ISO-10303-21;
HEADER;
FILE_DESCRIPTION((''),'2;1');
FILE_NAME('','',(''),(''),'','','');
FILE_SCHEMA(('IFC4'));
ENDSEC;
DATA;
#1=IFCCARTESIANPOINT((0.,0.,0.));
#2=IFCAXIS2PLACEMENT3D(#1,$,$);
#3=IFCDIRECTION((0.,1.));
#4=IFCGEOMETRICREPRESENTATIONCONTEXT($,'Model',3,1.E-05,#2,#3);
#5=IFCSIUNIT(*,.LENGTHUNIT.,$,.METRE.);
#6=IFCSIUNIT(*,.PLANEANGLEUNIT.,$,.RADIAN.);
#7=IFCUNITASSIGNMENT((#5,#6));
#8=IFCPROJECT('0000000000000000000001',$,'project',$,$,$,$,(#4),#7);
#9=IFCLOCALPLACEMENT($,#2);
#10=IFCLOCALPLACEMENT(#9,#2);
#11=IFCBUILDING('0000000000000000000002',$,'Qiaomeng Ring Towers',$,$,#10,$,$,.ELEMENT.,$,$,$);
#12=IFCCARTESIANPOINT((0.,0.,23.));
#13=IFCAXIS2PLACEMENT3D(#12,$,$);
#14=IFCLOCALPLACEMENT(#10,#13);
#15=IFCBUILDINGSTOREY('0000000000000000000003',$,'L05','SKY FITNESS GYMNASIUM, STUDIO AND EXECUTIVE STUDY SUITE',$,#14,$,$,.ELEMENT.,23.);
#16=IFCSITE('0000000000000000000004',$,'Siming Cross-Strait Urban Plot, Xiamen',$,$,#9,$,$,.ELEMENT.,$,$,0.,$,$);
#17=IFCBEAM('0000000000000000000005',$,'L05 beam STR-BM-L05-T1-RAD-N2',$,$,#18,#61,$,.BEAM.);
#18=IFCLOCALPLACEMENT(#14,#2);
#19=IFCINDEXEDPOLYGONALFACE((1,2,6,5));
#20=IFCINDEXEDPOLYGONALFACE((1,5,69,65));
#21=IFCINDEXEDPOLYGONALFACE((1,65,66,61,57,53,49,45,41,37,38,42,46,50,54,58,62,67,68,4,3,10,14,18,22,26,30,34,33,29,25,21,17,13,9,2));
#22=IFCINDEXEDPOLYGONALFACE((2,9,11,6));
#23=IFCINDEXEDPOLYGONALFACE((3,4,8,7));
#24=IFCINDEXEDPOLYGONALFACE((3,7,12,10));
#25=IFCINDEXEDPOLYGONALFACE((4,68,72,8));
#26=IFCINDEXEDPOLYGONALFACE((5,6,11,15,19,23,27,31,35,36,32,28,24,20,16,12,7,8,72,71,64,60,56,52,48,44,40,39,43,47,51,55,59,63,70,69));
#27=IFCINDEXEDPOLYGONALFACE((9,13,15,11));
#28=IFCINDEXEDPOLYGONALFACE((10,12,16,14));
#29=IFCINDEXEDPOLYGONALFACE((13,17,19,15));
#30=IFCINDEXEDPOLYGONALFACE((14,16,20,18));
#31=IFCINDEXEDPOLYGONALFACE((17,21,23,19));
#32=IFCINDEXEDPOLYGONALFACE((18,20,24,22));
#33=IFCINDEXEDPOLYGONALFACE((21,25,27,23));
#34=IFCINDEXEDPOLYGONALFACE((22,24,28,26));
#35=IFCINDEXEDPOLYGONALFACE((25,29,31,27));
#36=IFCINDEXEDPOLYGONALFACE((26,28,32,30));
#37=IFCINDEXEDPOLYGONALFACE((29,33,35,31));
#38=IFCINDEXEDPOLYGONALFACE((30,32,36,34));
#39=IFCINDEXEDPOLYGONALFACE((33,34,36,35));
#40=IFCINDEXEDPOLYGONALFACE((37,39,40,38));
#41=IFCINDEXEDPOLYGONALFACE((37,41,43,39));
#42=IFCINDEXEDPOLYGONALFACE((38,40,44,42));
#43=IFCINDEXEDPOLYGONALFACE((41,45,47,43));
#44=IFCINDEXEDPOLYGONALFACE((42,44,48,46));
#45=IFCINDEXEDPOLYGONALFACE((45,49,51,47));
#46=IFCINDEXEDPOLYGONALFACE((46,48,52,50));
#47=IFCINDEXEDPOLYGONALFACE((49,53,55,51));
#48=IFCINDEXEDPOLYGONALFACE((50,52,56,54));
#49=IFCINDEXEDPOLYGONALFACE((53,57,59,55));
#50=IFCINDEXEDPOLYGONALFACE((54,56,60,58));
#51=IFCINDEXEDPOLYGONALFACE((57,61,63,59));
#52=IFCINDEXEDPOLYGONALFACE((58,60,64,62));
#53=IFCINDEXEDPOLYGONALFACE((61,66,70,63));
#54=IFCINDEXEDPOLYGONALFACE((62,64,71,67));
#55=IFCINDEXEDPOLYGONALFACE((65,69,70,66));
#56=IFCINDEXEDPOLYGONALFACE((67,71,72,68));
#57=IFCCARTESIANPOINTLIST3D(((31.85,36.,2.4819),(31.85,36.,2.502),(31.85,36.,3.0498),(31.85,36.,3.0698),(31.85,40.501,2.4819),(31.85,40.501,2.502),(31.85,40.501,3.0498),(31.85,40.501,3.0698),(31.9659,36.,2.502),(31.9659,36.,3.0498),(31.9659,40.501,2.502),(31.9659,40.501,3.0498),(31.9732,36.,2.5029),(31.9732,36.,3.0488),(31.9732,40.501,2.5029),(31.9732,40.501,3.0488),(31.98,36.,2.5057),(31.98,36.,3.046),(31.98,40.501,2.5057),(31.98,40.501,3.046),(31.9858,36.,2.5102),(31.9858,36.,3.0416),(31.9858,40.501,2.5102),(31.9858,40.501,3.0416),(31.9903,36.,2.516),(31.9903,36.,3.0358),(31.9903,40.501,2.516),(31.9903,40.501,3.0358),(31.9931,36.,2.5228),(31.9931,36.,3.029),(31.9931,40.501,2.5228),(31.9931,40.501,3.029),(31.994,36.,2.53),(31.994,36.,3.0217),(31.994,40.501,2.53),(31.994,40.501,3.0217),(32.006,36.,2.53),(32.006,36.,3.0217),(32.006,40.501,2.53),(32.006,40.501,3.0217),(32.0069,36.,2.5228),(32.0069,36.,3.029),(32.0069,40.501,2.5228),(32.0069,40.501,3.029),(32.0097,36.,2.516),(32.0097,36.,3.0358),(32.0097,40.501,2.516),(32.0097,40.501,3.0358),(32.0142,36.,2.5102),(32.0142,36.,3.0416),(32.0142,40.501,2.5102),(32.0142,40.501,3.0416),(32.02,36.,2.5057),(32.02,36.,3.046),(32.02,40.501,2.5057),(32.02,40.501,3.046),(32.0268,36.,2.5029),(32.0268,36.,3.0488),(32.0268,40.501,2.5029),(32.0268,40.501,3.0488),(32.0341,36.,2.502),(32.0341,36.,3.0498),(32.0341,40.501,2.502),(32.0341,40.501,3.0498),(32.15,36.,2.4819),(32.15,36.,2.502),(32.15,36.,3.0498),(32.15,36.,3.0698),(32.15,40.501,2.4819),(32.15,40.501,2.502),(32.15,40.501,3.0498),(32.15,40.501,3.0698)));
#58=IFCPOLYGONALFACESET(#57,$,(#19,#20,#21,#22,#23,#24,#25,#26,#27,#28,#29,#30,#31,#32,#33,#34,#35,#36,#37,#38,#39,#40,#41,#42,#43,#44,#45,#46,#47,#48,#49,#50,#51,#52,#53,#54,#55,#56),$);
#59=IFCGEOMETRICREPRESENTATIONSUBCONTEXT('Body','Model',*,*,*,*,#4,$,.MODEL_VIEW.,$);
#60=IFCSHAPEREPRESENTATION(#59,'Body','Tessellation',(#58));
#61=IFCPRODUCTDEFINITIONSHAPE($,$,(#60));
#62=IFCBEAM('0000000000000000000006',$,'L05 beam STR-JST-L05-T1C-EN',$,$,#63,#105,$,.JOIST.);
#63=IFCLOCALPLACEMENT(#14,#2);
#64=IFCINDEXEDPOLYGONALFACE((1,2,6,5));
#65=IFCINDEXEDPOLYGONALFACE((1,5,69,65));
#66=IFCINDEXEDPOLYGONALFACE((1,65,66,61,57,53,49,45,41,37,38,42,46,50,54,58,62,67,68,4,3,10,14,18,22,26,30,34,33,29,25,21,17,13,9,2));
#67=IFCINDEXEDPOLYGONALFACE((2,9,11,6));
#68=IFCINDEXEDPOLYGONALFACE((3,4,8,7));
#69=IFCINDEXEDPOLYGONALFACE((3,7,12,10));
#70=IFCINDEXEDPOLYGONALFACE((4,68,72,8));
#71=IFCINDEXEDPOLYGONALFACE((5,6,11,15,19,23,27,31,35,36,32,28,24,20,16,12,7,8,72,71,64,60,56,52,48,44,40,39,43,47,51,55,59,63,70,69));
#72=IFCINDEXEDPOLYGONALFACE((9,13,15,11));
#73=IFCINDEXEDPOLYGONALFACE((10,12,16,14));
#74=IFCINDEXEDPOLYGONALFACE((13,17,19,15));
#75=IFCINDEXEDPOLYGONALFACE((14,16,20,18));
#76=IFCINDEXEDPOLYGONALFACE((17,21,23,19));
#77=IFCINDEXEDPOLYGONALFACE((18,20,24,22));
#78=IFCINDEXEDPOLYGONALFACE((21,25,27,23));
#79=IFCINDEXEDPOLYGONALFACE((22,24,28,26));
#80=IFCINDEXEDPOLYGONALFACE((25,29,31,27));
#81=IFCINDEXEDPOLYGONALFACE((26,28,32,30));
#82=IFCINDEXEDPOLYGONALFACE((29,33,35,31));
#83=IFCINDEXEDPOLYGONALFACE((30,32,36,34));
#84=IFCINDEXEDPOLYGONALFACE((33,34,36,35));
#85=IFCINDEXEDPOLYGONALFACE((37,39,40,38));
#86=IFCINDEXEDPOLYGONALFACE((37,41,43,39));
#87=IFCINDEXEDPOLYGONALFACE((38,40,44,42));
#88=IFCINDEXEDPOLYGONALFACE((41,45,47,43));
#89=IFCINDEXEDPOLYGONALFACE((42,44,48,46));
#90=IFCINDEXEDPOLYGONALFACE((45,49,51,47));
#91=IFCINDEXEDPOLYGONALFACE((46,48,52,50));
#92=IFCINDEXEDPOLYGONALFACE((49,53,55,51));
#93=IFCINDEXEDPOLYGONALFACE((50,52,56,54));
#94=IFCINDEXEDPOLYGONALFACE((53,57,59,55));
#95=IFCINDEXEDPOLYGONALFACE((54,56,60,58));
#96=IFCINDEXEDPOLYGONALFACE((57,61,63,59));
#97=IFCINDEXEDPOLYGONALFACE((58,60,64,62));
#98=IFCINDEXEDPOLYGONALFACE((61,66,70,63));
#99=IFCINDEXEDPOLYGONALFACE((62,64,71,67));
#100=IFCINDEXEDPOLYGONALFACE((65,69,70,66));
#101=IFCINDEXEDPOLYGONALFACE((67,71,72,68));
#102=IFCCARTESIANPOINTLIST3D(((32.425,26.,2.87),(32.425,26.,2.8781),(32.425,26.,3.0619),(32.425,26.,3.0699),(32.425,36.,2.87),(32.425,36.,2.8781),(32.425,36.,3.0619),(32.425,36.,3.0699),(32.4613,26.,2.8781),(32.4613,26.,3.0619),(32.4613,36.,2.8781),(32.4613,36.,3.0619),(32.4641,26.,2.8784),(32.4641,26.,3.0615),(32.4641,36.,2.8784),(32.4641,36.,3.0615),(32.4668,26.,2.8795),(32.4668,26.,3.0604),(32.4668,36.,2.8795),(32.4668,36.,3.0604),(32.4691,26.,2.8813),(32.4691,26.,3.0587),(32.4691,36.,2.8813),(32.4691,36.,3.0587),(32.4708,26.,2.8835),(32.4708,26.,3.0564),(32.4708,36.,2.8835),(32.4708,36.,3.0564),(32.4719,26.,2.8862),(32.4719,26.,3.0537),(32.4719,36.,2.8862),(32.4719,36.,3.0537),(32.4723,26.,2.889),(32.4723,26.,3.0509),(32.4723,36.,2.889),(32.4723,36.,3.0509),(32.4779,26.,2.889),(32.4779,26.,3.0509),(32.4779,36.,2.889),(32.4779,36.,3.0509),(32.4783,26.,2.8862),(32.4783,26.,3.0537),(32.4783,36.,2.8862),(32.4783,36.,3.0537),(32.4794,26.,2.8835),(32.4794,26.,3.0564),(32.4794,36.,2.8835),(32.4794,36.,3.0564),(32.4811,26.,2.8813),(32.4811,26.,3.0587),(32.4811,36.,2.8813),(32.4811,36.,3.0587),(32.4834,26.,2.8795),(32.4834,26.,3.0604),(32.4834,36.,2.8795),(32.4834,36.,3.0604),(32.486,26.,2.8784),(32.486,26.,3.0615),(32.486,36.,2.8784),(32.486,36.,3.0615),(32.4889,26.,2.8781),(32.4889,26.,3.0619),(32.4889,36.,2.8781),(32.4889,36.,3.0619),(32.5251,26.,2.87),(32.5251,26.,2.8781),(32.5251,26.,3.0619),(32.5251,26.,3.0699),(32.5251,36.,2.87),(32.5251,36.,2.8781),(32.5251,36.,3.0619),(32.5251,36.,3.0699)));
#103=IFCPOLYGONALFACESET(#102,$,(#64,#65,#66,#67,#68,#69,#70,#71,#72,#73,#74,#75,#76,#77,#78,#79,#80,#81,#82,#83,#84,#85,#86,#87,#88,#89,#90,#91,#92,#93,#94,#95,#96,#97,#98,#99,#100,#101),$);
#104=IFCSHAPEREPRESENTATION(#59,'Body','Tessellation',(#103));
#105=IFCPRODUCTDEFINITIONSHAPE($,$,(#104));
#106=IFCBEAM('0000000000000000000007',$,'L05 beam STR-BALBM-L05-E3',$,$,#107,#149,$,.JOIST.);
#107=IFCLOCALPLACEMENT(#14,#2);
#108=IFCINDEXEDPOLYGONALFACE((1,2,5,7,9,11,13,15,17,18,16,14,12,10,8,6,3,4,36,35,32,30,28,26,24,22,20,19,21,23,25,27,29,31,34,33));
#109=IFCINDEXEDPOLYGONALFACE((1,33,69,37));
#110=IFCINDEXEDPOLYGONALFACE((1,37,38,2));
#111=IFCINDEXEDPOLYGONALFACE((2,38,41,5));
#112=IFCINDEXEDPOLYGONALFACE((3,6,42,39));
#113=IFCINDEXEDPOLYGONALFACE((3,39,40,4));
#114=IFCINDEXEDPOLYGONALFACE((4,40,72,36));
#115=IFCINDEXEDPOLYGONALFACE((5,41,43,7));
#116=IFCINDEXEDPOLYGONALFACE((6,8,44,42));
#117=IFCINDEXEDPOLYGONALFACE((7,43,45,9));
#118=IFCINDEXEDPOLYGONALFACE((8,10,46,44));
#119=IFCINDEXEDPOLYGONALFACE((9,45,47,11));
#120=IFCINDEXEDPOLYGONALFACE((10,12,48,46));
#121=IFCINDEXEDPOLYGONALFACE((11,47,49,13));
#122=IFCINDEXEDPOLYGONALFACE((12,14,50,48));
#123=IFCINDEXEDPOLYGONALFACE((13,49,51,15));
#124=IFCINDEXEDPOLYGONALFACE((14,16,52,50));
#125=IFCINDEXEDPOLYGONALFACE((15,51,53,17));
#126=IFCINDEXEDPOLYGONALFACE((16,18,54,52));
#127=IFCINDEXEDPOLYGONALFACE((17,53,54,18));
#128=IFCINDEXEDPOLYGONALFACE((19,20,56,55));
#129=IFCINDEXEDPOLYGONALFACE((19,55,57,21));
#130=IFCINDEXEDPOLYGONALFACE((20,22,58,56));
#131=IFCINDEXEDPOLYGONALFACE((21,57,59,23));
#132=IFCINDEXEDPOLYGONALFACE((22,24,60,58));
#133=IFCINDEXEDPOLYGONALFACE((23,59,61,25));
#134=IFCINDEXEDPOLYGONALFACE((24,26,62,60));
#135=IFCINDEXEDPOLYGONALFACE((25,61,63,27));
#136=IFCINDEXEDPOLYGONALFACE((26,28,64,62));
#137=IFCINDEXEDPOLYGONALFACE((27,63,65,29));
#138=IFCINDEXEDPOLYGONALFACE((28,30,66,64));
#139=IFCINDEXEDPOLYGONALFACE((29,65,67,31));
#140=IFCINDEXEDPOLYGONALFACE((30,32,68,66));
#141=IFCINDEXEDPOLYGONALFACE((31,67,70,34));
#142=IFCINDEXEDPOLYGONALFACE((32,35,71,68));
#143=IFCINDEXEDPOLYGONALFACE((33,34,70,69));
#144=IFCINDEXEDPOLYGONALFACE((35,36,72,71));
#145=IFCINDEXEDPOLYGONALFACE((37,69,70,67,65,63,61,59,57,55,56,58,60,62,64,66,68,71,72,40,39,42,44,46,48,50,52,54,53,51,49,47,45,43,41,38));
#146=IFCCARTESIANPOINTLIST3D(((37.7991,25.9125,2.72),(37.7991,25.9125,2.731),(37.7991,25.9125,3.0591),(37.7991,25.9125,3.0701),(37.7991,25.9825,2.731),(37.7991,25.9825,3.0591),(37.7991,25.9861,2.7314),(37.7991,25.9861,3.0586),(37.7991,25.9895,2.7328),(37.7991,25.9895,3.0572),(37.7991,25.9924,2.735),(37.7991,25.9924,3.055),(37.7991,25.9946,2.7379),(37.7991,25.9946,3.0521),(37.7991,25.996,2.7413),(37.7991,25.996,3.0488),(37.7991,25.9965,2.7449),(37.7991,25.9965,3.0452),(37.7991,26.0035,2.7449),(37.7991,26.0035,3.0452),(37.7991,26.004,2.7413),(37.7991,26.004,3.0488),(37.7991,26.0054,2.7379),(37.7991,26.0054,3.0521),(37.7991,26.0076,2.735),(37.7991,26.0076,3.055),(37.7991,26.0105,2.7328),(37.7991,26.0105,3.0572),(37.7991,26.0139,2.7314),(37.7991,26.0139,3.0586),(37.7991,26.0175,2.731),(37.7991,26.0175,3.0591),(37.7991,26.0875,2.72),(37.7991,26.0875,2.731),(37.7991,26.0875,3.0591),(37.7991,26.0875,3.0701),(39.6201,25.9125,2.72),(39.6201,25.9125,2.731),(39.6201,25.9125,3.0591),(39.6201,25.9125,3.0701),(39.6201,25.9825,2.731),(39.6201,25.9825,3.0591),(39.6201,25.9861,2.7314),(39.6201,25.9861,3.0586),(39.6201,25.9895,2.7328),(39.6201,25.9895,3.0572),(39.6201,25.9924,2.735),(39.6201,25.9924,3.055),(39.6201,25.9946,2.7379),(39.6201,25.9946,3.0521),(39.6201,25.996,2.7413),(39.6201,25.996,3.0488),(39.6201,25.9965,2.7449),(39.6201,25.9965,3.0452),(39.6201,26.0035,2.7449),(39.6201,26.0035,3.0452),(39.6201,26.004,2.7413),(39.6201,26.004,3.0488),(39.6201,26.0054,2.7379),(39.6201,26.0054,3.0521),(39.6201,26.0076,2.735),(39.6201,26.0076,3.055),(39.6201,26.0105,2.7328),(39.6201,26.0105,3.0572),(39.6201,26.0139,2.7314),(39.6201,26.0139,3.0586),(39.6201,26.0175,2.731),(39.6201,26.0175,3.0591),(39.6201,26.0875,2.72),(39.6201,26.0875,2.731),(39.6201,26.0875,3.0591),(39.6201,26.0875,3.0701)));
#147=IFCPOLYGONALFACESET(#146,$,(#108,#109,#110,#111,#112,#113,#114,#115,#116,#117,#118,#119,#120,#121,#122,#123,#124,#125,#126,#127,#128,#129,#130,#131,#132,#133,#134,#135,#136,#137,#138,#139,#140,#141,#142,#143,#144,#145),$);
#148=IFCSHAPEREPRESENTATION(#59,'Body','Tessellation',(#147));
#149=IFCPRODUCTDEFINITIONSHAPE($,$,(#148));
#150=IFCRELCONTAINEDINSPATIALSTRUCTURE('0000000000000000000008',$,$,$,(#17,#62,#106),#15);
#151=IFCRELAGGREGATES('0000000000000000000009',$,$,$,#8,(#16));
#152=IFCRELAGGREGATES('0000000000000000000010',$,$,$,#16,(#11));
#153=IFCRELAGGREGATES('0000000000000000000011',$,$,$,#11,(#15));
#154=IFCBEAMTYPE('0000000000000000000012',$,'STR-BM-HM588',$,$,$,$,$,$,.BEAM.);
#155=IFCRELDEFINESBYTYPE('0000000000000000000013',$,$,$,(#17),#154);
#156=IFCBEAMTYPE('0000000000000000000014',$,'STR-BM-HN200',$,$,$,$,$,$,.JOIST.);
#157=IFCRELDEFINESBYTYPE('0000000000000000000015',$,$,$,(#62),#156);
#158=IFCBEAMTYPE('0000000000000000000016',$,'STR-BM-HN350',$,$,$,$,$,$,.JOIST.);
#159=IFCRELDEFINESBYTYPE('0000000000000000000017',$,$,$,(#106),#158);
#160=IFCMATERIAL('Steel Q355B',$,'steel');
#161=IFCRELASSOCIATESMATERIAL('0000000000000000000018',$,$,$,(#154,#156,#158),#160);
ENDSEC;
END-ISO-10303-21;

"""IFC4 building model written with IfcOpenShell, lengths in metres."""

from ifc_helpers import new_model, si_unit, direction, frame, origin, origin_2d, place, context, subcontext, project, spatial, i_section, extrude, source, transform, mapped, material, material_profile, profile_set, type_object, element, save


model = new_model("IFC4")

# Units and contexts
model_context = context("Model", 3, precision=1e-05, world=origin(), true_north=direction((0.0, 1.0)))
body_context = subcontext(model_context, "Body", "Model", "MODEL_VIEW")
ifc_project = project(units=[si_unit("LENGTHUNIT", "METRE"), si_unit("PLANEANGLEUNIT", "RADIAN")], contexts=[model_context])

# Site, building, storey
site_placement = place(None, origin())
site = spatial("IfcSite", under=ifc_project, at=site_placement, Name="Siming Cross-Strait Urban Plot, Xiamen", CompositionType="ELEMENT", RefElevation=0.0)
building_placement = place(site_placement, origin())
building = spatial("IfcBuilding", under=site, at=building_placement, Name="Qiaomeng Ring Towers", CompositionType="ELEMENT")
storey_placement = place(building_placement, frame((0.0, 0.0, 23.0)))
storey = spatial("IfcBuildingStorey", under=building, at=storey_placement, Name="L05", Description="SKY FITNESS GYMNASIUM, STUDIO AND EXECUTIVE STUDY SUITE", CompositionType="ELEMENT", Elevation=23.0)

# Beams
ifc_material_1 = material(Name="Steel Q355B", Category="steel")
ifc_material_profile_1 = material_profile(ifc_material_1, i_section(OverallWidth=0.3, OverallDepth=0.5879, WebThickness=0.012, FlangeThickness=0.02, FilletRadius=0.0281, at=origin_2d()), Name="HM 588x300x12x20")
ifc_profile_set_1 = profile_set([ifc_material_profile_1], Name="Steel Q355B")
beam_type_1 = type_object("IfcBeamType", Name="STR-BM-HM588", PredefinedType="BEAM", material=ifc_profile_set_1)
shared_shape_1 = source(origin(), body_context, "Body", "SweptSolid", [
    extrude(i_section(OverallWidth=0.3, OverallDepth=0.5879, WebThickness=0.012, FlangeThickness=0.02, FilletRadius=0.0281, at=origin_2d()), origin(), (0.0, 0.0, 1.0), 4.501),
])
beam_1_placement = place(storey_placement, frame((32.0, 40.501, 2.7759), z_axis=(0.0, -1.0, 0.0), x_axis=(1.0, 0.0, 0.0)))
element("IfcBeam", 1, at=beam_1_placement, inside=storey, type_object=beam_type_1, Name="L05 beam STR-BM-L05-T1-RAD-N2", PredefinedType="BEAM", context=body_context, shape_type="MappedRepresentation", body=[
    mapped(shared_shape_1, transform((0.0, 0.0, 0.0), x_axis=(1.0, 0.0, 0.0), y_axis=(0.0, 1.0, 0.0), z_axis=(0.0, 0.0, 1.0), scale=1.0)),
])
ifc_material_profile_2 = material_profile(ifc_material_1, i_section(OverallWidth=0.1001, OverallDepth=0.2, WebThickness=0.0056, FlangeThickness=0.0081, FilletRadius=0.011, at=origin_2d()), Name="HN 200x100x5.5x8")
ifc_profile_set_2 = profile_set([ifc_material_profile_2], Name="Steel Q355B")
beam_type_2 = type_object("IfcBeamType", Name="STR-BM-HN200", PredefinedType="JOIST", material=ifc_profile_set_2)
shared_shape_2 = source(origin(), body_context, "Body", "SweptSolid", [
    extrude(i_section(OverallWidth=0.1001, OverallDepth=0.2, WebThickness=0.0056, FlangeThickness=0.0081, FilletRadius=0.011, at=origin_2d()), origin(), (0.0, 0.0, 1.0), 10.0),
])
beam_2_placement = place(storey_placement, frame((32.4751, 26.0, 2.97), z_axis=(0.0, 1.0, 0.0), x_axis=(-1.0, 0.0, 0.0)))
element("IfcBeam", 2, at=beam_2_placement, inside=storey, type_object=beam_type_2, Name="L05 beam STR-JST-L05-T1C-EN", PredefinedType="JOIST", context=body_context, shape_type="MappedRepresentation", body=[
    mapped(shared_shape_2, transform((0.0, 0.0, 0.0), x_axis=(1.0, 0.0, 0.0), y_axis=(0.0, 1.0, 0.0), z_axis=(0.0, 0.0, 1.0), scale=1.0)),
])
ifc_material_profile_3 = material_profile(ifc_material_1, i_section(OverallWidth=0.175, OverallDepth=0.3501, WebThickness=0.0071, FlangeThickness=0.011, FilletRadius=0.0139, at=origin_2d()), Name="HN 350x175x7x11")
ifc_profile_set_3 = profile_set([ifc_material_profile_3], Name="Steel Q355B")
beam_type_3 = type_object("IfcBeamType", Name="STR-BM-HN350", PredefinedType="JOIST", material=ifc_profile_set_3)
shared_shape_3 = source(origin(), body_context, "Body", "SweptSolid", [
    extrude(i_section(OverallWidth=0.175, OverallDepth=0.3501, WebThickness=0.0071, FlangeThickness=0.011, FilletRadius=0.0139, at=origin_2d()), origin(), (0.0, 0.0, 1.0), 1.821),
])
beam_3_placement = place(storey_placement, frame((37.7991, 26.0, 2.895), z_axis=(1.0, 0.0, 0.0), x_axis=(0.0, 1.0, 0.0)))
element("IfcBeam", 3, at=beam_3_placement, inside=storey, type_object=beam_type_3, Name="L05 beam STR-BALBM-L05-E3", PredefinedType="JOIST", context=body_context, shape_type="MappedRepresentation", body=[
    mapped(shared_shape_3, transform((0.0, 0.0, 0.0), x_axis=(1.0, 0.0, 0.0), y_axis=(0.0, 1.0, 0.0), z_axis=(0.0, 0.0, 1.0), scale=1.0)),
])

save(model, "model.ifc")
